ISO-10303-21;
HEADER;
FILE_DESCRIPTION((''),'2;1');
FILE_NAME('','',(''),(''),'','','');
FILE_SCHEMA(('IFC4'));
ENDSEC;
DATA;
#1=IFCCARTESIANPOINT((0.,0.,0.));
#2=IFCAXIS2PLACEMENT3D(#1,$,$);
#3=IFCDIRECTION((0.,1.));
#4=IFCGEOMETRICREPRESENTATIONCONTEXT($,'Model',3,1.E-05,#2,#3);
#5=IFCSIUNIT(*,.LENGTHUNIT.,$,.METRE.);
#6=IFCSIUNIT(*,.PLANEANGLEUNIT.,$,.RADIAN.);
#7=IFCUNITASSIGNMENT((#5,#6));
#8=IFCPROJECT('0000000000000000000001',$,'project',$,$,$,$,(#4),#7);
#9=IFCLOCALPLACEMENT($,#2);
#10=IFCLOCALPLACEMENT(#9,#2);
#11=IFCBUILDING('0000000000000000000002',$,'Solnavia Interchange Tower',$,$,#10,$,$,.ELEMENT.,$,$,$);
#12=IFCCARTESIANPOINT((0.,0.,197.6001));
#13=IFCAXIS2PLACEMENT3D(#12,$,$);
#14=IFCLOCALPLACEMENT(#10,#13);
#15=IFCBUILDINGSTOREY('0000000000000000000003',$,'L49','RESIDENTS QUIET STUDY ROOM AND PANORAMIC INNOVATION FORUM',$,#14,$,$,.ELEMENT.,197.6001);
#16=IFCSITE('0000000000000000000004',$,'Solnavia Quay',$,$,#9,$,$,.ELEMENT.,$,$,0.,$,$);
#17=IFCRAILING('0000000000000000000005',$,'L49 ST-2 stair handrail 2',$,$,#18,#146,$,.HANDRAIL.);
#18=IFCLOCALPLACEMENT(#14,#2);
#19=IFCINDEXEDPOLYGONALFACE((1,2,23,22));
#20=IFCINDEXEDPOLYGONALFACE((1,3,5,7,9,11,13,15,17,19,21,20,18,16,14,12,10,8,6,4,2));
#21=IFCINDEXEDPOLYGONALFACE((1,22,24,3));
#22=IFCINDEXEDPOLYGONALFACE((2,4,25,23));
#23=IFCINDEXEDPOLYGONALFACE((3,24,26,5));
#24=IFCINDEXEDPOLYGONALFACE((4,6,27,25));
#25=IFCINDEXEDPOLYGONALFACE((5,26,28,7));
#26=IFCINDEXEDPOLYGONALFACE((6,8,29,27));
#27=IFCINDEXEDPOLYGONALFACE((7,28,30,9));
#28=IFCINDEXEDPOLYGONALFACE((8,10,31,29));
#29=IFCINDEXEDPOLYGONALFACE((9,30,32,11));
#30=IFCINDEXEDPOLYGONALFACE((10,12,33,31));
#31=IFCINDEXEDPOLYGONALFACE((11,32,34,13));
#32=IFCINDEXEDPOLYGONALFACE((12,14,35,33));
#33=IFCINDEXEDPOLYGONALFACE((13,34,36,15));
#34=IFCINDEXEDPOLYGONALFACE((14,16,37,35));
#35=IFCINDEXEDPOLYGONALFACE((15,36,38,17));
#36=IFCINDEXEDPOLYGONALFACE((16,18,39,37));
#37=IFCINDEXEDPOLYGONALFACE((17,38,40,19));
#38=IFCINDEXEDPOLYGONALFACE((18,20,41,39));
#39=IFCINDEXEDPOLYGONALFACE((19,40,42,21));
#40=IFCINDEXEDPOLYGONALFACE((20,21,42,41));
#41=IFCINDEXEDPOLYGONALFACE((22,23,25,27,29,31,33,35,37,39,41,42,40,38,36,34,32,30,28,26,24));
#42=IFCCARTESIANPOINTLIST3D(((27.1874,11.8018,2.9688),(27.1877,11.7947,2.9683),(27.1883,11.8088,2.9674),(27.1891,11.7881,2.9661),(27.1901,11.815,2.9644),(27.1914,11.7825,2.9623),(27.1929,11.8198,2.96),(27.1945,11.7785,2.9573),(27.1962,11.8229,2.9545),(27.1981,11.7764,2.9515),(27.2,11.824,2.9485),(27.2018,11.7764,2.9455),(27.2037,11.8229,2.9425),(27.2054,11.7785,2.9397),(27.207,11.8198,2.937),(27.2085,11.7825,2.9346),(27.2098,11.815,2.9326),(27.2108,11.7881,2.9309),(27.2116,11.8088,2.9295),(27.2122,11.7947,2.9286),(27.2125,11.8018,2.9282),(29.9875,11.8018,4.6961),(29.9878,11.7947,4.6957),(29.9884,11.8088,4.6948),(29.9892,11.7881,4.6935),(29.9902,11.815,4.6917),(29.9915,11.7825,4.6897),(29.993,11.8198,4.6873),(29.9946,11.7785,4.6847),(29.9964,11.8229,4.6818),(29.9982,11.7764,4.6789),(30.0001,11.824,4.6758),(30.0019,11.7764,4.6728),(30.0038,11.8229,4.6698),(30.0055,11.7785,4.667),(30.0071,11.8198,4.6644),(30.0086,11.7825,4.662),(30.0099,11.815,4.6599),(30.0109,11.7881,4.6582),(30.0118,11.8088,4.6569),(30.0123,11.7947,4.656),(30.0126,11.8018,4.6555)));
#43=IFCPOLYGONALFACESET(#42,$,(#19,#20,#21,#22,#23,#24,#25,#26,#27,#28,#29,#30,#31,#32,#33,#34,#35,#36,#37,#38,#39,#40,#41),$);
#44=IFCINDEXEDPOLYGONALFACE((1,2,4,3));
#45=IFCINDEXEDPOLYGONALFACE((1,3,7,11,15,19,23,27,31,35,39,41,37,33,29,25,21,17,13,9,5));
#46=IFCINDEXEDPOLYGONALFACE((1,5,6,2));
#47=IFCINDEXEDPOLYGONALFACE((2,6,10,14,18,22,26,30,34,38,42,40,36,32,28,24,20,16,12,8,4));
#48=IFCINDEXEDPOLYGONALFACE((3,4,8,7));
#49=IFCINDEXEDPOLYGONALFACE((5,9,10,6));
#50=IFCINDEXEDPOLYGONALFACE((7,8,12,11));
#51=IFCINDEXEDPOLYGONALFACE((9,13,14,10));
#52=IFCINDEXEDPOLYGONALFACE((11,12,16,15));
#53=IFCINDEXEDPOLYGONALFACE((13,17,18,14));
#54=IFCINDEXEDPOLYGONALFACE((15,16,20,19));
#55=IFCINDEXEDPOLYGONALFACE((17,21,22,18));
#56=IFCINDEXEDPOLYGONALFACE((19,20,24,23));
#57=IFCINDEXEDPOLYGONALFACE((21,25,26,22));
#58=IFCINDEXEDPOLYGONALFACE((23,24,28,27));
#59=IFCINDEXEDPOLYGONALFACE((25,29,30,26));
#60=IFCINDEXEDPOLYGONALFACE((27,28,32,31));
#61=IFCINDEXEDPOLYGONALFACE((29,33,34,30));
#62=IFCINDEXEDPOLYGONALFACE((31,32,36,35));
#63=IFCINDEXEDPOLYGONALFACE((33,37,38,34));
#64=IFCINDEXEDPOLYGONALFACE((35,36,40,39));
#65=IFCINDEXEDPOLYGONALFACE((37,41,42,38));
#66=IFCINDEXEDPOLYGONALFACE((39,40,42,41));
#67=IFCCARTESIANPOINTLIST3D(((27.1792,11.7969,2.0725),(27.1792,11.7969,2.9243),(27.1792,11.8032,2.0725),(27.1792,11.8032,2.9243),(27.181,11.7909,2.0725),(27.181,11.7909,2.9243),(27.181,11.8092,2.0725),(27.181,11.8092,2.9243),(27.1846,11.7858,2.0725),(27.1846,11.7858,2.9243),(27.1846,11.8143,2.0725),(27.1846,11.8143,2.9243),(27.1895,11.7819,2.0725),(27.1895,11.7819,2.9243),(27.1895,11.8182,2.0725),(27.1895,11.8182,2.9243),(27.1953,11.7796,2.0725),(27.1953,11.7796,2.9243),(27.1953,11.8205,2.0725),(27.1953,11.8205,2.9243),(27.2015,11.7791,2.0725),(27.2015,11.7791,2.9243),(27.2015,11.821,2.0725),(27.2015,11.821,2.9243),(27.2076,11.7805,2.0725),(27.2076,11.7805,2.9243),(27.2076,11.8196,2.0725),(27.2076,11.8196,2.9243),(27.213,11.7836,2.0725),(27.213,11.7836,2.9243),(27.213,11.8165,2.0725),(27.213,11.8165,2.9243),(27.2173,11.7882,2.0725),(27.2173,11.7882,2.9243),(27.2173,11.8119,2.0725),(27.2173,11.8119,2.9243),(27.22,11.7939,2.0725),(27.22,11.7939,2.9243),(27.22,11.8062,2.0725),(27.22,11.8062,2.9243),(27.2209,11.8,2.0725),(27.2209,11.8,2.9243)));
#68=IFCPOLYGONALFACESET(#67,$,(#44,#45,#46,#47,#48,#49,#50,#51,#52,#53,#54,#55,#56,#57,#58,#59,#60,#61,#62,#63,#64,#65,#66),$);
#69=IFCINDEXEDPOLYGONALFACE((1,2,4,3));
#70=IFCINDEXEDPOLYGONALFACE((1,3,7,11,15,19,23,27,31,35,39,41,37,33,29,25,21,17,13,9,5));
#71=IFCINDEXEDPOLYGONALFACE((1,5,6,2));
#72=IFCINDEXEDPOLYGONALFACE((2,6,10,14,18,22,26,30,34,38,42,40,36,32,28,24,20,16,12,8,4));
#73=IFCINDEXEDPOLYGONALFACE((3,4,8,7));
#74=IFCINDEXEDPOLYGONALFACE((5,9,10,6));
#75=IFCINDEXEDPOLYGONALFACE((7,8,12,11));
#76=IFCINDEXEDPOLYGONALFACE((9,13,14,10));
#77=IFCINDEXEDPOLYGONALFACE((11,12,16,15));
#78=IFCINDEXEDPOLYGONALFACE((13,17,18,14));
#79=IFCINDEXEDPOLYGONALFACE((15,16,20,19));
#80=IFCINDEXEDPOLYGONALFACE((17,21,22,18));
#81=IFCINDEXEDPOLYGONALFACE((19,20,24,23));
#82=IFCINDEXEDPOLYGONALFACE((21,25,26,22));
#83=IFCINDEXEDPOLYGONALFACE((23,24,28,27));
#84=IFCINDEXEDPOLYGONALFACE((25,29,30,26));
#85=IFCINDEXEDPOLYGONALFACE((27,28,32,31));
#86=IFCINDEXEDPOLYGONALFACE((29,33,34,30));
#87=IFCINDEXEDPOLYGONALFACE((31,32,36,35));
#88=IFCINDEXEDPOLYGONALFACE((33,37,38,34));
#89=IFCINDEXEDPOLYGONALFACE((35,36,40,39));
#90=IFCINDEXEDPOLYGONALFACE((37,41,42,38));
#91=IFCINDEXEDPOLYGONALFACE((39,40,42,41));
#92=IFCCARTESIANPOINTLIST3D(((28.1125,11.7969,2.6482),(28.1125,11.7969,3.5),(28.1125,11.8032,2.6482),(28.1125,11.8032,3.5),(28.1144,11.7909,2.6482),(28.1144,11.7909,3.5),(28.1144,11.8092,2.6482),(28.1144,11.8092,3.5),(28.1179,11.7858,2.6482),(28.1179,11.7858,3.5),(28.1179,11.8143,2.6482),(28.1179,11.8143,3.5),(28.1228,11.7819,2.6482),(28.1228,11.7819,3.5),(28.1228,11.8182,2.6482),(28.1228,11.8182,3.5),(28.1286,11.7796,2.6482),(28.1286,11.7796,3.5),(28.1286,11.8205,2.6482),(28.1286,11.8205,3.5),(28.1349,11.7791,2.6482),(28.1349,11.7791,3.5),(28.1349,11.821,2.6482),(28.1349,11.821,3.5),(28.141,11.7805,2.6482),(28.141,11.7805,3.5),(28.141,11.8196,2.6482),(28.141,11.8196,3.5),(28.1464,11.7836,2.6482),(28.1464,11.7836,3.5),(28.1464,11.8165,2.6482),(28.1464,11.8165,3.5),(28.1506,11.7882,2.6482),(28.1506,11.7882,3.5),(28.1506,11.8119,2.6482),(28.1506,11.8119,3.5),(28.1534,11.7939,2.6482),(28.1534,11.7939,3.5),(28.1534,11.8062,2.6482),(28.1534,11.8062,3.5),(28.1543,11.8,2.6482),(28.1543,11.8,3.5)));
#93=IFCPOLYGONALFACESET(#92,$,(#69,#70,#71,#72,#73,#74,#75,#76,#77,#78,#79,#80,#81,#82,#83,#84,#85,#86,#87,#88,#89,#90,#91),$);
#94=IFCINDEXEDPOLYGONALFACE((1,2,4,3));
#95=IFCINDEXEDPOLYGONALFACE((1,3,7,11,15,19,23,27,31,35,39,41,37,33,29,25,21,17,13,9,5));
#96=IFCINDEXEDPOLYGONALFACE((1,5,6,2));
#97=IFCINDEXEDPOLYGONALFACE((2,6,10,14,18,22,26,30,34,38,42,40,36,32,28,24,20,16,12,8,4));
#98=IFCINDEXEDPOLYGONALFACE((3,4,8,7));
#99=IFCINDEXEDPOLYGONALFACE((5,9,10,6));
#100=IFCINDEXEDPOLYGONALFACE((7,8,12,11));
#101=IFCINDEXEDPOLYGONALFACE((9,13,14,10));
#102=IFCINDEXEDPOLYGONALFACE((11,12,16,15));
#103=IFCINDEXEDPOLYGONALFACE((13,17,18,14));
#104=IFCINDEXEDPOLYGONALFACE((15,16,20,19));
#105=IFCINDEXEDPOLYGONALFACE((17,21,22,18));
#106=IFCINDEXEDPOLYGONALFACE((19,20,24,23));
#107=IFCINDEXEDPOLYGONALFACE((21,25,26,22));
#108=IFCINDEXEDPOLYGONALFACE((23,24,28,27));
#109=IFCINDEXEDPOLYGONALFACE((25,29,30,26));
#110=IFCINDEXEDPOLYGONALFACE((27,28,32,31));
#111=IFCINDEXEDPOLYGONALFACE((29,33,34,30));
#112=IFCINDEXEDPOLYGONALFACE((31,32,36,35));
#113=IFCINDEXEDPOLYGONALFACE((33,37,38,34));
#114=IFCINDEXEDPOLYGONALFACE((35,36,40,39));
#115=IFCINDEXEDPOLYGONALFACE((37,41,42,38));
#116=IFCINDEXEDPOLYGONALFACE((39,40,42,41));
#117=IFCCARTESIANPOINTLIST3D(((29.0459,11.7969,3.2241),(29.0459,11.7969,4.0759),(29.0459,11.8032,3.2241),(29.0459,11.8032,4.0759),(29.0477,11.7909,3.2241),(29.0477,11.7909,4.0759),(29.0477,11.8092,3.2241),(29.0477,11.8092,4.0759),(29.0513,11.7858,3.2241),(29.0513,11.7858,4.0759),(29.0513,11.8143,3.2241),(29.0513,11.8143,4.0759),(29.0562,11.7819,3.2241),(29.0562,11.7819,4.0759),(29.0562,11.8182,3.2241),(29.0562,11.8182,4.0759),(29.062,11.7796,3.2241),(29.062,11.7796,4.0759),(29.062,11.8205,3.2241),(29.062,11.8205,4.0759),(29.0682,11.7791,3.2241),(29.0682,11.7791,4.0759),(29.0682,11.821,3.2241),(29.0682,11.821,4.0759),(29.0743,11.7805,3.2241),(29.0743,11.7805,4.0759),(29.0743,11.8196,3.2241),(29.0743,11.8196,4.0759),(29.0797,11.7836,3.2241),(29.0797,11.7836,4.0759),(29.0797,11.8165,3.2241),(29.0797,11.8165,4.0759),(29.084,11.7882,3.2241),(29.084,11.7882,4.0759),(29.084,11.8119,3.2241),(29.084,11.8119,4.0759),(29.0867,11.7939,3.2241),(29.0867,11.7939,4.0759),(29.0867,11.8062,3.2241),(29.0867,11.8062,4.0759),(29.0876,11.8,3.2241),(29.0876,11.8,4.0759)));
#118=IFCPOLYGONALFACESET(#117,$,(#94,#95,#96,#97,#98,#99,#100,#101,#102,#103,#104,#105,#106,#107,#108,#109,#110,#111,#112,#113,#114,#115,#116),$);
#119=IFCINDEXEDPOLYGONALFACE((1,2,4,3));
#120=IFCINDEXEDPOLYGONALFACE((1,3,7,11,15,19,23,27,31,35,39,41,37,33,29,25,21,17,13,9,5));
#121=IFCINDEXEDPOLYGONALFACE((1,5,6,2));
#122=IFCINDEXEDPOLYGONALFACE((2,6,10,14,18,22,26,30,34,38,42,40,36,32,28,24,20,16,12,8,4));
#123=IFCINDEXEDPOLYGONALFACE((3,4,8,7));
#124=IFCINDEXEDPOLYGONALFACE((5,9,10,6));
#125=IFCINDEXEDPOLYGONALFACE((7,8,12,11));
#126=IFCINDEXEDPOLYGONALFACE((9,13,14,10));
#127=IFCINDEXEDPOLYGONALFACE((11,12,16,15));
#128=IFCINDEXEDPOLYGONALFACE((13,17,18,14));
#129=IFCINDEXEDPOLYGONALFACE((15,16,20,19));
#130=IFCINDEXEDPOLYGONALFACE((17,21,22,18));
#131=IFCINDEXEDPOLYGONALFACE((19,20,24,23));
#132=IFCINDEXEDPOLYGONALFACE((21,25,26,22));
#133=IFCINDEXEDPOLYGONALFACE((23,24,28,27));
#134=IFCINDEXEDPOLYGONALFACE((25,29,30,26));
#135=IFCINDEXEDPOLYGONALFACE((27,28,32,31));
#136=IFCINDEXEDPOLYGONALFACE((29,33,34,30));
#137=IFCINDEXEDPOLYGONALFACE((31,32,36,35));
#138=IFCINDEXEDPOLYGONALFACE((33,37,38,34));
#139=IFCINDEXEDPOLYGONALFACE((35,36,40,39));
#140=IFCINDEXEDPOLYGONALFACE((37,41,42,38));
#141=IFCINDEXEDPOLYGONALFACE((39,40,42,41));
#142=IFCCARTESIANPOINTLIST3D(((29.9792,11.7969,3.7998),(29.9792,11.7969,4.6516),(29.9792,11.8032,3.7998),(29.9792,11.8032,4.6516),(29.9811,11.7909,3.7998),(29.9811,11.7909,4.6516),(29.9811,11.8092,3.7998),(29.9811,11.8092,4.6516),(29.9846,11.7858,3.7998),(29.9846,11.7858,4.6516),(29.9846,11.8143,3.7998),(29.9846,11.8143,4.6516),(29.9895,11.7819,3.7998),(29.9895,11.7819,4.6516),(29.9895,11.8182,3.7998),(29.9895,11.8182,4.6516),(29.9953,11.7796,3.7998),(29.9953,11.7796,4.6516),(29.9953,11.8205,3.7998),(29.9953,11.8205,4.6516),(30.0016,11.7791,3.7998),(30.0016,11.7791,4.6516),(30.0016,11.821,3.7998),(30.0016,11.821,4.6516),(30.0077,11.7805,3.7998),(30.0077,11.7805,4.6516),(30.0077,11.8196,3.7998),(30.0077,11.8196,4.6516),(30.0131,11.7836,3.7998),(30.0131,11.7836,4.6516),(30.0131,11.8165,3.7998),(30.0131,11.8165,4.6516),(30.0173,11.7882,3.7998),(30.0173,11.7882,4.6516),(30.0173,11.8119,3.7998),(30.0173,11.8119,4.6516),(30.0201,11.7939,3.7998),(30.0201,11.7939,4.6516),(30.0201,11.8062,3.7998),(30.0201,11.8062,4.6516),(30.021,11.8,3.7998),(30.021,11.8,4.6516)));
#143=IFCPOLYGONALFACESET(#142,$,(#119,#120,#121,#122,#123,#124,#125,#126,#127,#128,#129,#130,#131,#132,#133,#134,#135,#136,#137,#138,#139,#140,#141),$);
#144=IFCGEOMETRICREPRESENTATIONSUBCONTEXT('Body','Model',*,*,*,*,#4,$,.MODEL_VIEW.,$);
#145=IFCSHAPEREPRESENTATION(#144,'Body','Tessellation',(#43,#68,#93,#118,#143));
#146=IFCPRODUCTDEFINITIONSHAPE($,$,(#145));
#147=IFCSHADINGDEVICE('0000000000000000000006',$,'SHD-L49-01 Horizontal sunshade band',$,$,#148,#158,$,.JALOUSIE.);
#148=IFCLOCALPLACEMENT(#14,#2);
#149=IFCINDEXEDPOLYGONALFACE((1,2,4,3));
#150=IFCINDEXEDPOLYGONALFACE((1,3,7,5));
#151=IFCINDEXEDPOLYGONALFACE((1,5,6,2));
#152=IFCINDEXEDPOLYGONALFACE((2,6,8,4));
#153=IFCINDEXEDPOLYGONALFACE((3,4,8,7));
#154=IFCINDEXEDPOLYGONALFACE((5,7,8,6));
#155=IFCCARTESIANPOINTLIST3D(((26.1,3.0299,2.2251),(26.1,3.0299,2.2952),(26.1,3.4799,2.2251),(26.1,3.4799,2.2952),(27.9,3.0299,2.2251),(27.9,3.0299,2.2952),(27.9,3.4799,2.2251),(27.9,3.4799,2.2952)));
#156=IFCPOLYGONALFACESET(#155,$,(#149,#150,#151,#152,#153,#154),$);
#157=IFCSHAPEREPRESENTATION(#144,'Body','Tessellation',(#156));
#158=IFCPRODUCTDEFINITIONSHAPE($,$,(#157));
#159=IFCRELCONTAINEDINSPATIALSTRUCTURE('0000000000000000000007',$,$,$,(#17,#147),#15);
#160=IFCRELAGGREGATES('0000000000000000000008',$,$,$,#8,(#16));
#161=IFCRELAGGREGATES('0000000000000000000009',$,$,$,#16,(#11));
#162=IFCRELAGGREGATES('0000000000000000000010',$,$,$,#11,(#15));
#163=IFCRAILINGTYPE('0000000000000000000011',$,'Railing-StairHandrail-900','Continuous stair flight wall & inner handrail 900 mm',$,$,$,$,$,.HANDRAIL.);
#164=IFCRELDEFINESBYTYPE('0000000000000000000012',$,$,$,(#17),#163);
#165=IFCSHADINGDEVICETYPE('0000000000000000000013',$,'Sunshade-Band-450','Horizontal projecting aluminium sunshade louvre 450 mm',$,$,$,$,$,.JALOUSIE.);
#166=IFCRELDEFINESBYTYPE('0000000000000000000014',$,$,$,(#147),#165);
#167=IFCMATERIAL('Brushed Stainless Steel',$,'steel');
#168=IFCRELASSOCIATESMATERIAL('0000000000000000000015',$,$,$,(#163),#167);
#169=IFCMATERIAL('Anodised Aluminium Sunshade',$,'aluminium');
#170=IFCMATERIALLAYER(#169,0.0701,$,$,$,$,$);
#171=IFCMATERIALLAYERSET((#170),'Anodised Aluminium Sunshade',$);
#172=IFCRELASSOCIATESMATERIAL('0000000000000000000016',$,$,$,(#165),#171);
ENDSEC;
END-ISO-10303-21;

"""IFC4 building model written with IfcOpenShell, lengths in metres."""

from ifc_helpers import new_model, si_unit, direction, frame, origin, origin_2d, place, context, subcontext, project, spatial, rectangle, circle, extrude, material, layer, layer_set, type_object, element, save


model = new_model("IFC4")

# Units and contexts
model_context = context("Model", 3, precision=1e-05, world=origin(), true_north=direction((0.0, 1.0)))
body_context = subcontext(model_context, "Body", "Model", "MODEL_VIEW")
ifc_project = project(units=[si_unit("LENGTHUNIT", "METRE"), si_unit("PLANEANGLEUNIT", "RADIAN")], contexts=[model_context])

# Site, building, storey
site_placement = place(None, origin())
site = spatial("IfcSite", under=ifc_project, at=site_placement, Name="Solnavia Quay", CompositionType="ELEMENT", RefElevation=0.0)
building_placement = place(site_placement, origin())
building = spatial("IfcBuilding", under=site, at=building_placement, Name="Solnavia Interchange Tower", CompositionType="ELEMENT")
storey_placement = place(building_placement, frame((0.0, 0.0, 197.6001)))
storey = spatial("IfcBuildingStorey", under=building, at=storey_placement, Name="L49", Description="RESIDENTS QUIET STUDY ROOM AND PANORAMIC INNOVATION FORUM", CompositionType="ELEMENT", Elevation=197.6001)

# Railing
ifc_material_1 = material(Name="Brushed Stainless Steel", Category="steel")
railing_type_1 = type_object("IfcRailingType", Name="Railing-StairHandrail-900", Description="Continuous stair flight wall & inner handrail 900 mm", PredefinedType="HANDRAIL", material=ifc_material_1)
railing_1_placement = place(storey_placement, frame((27.2, 11.8, 2.0725)))
element("IfcRailing", 1, at=railing_1_placement, inside=storey, type_object=railing_type_1, Name="L49 ST-2 stair handrail 2", PredefinedType="HANDRAIL", context=body_context, shape_type="SweptSolid", body=[
    extrude(circle(Radius=0.0239, at=origin_2d()), frame((0.0, 0.0, 0.876), z_axis=(0.85109, 0.0, 0.52502), x_axis=(0.0, 1.0, 0.0)), (0.0, 0.0, 1.0), 3.29),
    extrude(circle(Radius=0.021, at=origin_2d()), origin(), (0.0, 0.0, 1.0), 0.8518),
    extrude(circle(Radius=0.021, at=origin_2d()), frame((0.9333, 0.0, 0.5757)), (0.0, 0.0, 1.0), 0.8518),
    extrude(circle(Radius=0.021, at=origin_2d()), frame((1.8667, 0.0, 1.1516)), (0.0, 0.0, 1.0), 0.8518),
    extrude(circle(Radius=0.021, at=origin_2d()), frame((2.8, 0.0, 1.7273)), (0.0, 0.0, 1.0), 0.8518),
])

# Shading device
ifc_material_2 = material(Name="Anodised Aluminium Sunshade", Category="aluminium")
ifc_layer_1 = layer(ifc_material_2, 0.0701)
ifc_layer_set_1 = layer_set([ifc_layer_1], Name="Anodised Aluminium Sunshade")
shading_device_type = type_object("IfcShadingDeviceType", Name="Sunshade-Band-450", Description="Horizontal projecting aluminium sunshade louvre 450 mm", PredefinedType="JALOUSIE", material=ifc_layer_set_1)
shading_device_placement = place(storey_placement, frame((27.0, 3.2549, 2.2251), z_axis=(0.0, 0.0, 1.0), x_axis=(-1.0, 0.0, 0.0)))
element("IfcShadingDevice", 2, at=shading_device_placement, inside=storey, type_object=shading_device_type, Name="SHD-L49-01 Horizontal sunshade band", PredefinedType="JALOUSIE", context=body_context, shape_type="SweptSolid", body=[
    extrude(rectangle(XDim=1.8, YDim=0.45, at=origin_2d()), origin(), (0.0, 0.0, 1.0), 0.0701),
])

save(model, "model.ifc")
